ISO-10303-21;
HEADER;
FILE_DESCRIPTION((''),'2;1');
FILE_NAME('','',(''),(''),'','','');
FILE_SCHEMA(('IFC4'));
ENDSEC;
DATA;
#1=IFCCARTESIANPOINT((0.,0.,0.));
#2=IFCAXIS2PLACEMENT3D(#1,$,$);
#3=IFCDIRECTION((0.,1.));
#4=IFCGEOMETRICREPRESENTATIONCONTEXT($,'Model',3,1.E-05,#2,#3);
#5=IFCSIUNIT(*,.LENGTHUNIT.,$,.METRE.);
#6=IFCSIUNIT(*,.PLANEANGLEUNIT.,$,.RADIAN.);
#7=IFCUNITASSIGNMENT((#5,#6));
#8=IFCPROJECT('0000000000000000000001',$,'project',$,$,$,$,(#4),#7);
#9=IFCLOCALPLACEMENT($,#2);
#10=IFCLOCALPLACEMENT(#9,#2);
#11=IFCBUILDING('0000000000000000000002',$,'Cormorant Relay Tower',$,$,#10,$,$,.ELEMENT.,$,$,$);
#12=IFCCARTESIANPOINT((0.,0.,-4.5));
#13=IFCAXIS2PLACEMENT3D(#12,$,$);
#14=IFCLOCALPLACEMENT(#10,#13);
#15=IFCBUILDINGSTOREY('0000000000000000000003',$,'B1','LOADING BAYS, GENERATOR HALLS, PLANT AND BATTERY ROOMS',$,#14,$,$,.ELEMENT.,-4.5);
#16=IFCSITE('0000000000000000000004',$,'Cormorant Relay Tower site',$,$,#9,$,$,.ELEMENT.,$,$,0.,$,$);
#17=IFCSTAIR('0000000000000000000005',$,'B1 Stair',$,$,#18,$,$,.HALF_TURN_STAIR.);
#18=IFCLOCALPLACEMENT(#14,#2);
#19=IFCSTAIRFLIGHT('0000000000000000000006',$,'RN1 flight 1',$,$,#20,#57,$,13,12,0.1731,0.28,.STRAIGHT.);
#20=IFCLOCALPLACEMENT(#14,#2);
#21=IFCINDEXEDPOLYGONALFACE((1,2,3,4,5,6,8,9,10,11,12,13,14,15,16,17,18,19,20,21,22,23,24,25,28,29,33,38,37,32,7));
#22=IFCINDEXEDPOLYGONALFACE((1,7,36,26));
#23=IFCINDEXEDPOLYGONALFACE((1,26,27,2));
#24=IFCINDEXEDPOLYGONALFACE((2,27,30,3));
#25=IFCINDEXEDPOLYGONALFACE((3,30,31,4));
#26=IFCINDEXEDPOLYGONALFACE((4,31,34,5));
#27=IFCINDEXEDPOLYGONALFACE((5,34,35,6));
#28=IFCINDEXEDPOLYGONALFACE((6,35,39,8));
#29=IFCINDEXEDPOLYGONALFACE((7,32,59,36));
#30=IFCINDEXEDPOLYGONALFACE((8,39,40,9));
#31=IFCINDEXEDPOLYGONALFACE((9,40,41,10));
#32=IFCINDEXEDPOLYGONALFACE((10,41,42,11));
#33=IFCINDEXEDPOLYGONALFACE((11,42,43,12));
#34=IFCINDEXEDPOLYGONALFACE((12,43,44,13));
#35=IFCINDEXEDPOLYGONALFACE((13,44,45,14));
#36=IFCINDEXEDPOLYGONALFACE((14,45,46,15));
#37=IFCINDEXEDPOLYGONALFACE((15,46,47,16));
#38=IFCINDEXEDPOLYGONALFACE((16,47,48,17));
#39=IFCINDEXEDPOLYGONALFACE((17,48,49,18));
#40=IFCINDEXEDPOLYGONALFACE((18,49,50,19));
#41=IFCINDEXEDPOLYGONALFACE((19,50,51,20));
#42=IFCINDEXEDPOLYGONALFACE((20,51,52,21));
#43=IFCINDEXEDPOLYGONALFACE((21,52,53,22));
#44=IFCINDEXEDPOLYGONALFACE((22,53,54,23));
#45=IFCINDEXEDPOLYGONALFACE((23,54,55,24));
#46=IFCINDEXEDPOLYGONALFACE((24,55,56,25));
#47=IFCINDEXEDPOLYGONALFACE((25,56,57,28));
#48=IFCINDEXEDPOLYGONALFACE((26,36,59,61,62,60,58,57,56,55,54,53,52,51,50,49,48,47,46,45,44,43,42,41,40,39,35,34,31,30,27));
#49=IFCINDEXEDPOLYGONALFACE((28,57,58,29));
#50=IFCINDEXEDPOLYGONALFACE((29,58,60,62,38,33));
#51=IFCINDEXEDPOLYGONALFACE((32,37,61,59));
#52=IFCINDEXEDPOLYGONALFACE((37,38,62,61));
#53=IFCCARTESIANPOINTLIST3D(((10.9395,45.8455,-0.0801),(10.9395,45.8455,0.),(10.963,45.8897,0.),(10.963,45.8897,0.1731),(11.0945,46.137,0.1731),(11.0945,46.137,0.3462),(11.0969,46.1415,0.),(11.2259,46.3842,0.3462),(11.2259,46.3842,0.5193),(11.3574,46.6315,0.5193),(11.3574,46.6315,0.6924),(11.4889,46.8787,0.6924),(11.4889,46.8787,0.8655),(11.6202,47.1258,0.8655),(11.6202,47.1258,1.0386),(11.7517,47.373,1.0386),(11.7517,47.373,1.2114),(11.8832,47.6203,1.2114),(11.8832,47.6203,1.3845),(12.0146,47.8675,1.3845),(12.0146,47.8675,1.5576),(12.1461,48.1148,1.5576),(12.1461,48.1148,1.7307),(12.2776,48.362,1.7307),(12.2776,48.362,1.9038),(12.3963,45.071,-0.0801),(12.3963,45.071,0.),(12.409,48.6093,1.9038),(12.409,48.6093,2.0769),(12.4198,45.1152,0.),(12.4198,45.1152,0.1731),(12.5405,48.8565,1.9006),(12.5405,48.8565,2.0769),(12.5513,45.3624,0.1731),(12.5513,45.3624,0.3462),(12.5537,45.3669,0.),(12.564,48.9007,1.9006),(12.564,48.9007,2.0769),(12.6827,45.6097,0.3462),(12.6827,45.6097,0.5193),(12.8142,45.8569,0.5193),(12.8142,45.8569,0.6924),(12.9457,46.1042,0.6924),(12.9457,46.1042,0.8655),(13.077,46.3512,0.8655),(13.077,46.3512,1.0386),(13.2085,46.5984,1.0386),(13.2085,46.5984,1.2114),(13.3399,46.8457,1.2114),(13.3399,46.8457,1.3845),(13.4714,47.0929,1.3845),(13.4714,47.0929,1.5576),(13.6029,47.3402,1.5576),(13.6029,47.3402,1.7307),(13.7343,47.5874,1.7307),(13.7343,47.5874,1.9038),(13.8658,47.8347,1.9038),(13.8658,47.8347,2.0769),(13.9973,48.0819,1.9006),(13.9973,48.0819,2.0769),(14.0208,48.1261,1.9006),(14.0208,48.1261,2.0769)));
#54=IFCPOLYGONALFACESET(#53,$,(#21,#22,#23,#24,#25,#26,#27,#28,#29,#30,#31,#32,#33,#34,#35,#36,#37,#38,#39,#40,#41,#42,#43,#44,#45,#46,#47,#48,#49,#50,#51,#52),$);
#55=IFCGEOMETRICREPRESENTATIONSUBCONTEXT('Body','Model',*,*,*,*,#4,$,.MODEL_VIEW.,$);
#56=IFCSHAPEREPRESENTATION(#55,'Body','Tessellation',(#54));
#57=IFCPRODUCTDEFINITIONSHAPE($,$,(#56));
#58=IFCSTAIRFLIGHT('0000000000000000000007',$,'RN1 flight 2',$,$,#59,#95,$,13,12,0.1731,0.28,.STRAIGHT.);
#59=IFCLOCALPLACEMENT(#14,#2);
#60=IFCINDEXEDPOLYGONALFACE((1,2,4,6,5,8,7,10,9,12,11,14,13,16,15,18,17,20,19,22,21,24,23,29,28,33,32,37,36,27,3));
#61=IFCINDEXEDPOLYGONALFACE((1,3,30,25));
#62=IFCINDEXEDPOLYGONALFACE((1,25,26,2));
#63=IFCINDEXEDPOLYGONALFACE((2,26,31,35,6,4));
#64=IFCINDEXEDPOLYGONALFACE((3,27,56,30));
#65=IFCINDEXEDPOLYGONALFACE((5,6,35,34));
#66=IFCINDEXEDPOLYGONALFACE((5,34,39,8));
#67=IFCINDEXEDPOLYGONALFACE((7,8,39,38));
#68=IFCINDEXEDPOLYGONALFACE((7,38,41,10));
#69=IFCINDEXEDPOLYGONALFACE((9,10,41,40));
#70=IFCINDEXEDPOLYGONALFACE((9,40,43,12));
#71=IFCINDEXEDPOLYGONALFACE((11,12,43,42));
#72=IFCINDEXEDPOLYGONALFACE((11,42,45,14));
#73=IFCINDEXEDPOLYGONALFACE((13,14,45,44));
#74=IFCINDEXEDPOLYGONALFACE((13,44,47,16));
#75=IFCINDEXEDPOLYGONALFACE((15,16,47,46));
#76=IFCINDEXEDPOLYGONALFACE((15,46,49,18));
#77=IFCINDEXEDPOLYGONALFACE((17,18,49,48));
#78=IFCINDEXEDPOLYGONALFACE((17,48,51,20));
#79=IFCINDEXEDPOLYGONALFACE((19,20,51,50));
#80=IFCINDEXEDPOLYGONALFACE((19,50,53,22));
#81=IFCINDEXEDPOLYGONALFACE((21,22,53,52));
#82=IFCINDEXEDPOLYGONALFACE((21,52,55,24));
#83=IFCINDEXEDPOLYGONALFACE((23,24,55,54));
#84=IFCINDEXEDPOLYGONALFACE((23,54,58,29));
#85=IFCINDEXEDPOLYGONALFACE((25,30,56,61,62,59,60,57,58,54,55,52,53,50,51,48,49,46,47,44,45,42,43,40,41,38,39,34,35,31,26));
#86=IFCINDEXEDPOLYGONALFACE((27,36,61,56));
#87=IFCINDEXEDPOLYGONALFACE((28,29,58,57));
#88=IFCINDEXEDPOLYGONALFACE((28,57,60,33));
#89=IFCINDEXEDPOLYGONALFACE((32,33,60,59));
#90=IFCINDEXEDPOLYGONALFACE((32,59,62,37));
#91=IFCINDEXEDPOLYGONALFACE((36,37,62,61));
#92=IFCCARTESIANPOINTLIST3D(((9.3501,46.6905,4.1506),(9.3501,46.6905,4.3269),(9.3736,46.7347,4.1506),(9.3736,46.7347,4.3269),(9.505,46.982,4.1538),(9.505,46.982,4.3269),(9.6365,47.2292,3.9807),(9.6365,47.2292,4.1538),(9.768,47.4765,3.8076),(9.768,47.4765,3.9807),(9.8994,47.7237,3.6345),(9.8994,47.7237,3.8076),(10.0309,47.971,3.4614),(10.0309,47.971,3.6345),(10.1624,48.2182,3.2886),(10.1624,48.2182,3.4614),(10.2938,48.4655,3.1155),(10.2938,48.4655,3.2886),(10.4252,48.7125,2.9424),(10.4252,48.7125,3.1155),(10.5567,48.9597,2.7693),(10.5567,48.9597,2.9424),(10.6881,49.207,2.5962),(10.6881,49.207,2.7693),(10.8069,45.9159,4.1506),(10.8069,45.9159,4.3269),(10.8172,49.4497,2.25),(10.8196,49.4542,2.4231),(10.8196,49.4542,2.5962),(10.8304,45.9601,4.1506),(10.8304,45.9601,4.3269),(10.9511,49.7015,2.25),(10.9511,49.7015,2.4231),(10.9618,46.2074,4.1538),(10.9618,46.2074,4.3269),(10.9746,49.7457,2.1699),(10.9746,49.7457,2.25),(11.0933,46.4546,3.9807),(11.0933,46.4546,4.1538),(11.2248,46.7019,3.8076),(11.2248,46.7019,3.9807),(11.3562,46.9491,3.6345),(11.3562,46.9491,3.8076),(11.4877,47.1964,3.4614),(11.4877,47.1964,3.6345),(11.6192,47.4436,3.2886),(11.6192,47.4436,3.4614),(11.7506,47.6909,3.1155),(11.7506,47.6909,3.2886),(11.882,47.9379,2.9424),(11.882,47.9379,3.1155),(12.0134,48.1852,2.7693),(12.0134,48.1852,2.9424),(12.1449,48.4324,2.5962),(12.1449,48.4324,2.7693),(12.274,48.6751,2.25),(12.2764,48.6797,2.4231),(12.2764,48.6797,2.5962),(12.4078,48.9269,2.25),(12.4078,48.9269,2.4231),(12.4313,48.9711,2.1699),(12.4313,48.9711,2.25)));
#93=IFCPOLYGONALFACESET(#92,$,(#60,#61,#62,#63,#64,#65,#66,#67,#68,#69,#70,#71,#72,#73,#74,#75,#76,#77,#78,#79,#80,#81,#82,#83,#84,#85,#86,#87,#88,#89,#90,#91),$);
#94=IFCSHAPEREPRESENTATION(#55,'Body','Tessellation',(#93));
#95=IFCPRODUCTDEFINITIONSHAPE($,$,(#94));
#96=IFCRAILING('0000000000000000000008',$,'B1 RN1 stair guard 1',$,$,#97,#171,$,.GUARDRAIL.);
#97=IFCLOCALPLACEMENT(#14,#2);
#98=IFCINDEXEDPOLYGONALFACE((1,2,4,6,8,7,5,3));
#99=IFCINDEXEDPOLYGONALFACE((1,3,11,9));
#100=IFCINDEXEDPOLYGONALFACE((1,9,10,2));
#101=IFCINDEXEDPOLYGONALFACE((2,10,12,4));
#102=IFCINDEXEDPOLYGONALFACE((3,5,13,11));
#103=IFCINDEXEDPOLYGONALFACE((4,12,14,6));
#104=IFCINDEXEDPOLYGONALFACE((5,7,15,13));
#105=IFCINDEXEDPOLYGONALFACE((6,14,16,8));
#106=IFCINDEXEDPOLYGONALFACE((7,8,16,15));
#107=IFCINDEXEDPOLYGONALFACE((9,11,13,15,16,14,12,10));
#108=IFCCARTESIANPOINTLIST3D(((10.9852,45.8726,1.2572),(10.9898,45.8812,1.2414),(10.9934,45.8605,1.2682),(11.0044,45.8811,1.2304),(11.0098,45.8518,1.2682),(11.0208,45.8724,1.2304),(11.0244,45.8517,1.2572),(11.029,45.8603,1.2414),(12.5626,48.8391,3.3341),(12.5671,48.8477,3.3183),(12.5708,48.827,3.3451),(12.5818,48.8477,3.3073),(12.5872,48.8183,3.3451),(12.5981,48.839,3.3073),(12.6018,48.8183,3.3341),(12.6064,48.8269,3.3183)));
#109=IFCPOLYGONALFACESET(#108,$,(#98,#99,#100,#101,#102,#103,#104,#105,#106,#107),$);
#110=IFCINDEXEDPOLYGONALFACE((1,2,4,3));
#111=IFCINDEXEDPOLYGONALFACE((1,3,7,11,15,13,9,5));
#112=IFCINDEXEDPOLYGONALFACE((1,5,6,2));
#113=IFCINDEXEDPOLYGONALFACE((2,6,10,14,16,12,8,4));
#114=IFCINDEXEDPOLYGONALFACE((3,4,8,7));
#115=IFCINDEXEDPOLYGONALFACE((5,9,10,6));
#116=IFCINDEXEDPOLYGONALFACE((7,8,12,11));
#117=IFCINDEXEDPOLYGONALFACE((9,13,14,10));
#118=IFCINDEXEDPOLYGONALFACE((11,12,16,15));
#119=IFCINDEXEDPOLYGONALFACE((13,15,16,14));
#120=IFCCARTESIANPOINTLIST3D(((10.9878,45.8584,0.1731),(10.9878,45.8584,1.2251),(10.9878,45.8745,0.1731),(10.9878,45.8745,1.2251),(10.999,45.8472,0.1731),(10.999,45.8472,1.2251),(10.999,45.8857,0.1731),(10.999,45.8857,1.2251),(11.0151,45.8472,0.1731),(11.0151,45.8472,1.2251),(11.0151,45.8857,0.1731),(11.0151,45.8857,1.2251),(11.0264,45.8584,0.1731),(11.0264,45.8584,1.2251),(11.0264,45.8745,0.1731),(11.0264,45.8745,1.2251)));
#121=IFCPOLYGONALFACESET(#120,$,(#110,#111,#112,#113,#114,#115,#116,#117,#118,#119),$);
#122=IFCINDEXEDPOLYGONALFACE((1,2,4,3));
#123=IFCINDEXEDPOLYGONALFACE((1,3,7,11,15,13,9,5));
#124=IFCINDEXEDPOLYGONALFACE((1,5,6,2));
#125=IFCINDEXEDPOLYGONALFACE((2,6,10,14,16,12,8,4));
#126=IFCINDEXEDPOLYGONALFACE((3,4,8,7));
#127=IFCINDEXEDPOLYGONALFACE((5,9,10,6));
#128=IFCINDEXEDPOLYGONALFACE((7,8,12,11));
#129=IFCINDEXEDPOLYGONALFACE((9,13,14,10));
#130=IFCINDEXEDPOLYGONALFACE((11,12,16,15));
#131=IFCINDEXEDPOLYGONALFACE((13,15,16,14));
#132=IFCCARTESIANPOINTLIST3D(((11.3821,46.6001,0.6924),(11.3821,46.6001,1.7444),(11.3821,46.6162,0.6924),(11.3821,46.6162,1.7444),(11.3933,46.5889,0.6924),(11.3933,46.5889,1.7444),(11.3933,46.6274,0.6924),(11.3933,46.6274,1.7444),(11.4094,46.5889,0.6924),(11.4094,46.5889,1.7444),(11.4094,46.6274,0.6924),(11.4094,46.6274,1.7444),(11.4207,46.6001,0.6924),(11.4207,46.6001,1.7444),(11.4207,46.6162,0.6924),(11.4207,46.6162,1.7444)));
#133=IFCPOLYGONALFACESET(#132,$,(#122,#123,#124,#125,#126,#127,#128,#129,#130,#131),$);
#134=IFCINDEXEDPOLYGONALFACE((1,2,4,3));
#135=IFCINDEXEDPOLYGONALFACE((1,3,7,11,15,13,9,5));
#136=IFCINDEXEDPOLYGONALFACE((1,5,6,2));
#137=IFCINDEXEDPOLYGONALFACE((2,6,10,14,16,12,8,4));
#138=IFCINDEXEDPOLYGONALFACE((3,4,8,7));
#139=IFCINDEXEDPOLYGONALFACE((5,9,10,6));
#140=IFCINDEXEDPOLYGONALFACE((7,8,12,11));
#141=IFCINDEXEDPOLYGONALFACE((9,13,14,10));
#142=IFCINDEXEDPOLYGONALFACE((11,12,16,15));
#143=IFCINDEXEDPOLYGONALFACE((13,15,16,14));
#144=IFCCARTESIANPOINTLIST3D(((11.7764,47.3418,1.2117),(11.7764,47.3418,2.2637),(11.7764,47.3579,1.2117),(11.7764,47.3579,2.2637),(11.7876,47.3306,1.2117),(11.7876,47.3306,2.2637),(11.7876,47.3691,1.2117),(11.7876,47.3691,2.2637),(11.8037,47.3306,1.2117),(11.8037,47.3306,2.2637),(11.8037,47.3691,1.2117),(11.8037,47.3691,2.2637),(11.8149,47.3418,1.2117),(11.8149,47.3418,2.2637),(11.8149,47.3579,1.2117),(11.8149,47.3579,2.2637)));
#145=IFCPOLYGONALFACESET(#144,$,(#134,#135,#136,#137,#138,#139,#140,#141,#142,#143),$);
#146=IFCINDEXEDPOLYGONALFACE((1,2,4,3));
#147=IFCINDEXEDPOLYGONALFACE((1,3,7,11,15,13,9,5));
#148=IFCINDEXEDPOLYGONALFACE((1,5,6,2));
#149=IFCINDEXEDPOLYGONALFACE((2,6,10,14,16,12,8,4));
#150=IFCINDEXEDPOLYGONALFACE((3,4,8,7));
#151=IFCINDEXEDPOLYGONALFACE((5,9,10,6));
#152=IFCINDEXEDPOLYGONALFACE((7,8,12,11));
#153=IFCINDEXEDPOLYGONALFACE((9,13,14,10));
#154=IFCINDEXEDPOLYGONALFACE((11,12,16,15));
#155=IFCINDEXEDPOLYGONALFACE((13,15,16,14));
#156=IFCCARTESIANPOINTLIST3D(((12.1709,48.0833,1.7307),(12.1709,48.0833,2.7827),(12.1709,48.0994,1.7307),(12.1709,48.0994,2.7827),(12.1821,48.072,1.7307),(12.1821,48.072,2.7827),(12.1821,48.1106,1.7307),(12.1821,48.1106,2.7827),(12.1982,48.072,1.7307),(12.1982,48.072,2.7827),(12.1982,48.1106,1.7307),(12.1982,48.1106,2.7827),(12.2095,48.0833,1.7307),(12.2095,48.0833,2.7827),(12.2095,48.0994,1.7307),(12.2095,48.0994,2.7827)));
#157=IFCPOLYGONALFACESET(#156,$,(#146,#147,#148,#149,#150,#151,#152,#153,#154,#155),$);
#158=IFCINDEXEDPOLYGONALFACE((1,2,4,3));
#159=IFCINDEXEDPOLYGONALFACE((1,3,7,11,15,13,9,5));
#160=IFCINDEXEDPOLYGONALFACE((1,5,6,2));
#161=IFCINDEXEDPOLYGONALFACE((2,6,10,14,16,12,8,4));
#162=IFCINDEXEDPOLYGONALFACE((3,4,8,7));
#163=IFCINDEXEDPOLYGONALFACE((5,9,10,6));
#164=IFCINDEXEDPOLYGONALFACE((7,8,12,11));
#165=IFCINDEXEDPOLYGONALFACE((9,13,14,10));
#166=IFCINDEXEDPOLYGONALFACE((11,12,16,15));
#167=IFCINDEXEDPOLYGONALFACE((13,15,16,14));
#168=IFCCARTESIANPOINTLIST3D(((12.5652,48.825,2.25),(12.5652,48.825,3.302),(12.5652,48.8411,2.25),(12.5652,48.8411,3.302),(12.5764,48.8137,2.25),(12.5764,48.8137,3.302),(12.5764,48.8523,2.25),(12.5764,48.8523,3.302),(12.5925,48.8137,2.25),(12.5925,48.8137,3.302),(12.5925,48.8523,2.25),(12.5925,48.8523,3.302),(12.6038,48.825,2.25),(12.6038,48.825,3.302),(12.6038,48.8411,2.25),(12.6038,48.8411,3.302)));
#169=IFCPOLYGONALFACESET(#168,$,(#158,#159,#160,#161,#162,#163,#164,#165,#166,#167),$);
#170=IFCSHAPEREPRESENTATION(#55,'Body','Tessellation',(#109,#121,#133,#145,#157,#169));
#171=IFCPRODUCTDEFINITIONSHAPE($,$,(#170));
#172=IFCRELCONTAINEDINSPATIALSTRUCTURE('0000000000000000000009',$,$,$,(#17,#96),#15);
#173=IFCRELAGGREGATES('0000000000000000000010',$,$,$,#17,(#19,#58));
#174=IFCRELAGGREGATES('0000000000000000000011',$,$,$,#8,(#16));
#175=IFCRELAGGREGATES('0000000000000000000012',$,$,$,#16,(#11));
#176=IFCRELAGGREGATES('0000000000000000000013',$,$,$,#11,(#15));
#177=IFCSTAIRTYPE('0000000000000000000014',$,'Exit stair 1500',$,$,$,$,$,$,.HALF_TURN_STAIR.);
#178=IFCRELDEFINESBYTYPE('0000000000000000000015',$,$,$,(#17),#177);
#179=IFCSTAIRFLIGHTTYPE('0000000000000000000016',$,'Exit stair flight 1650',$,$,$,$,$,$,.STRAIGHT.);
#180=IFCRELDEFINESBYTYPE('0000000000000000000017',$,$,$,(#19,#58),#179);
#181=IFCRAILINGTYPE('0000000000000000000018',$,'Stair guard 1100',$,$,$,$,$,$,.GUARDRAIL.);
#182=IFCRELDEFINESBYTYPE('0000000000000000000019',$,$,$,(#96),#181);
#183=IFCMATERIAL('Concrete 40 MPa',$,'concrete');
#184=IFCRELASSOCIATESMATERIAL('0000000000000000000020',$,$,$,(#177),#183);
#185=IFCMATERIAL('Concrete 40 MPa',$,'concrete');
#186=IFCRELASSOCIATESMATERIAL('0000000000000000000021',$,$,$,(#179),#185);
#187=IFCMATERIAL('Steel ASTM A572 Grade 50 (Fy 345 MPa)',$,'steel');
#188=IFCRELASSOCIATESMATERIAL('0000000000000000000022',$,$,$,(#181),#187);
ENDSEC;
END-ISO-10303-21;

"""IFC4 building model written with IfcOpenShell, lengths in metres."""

from ifc_helpers import new_model, si_unit, direction, frame, origin, place, context, subcontext, project, spatial, polyline, outline, extrude, material, type_object, element, aggregate, save


model = new_model("IFC4")

# Units and contexts
model_context = context("Model", 3, precision=1e-05, world=origin(), true_north=direction((0.0, 1.0)))
body_context = subcontext(model_context, "Body", "Model", "MODEL_VIEW")
ifc_project = project(units=[si_unit("LENGTHUNIT", "METRE"), si_unit("PLANEANGLEUNIT", "RADIAN")], contexts=[model_context])

# Site, building, storey
site_placement = place(None, origin())
site = spatial("IfcSite", under=ifc_project, at=site_placement, Name="Cormorant Relay Tower site", CompositionType="ELEMENT", RefElevation=0.0)
building_placement = place(site_placement, origin())
building = spatial("IfcBuilding", under=site, at=building_placement, Name="Cormorant Relay Tower", CompositionType="ELEMENT")
storey_placement = place(building_placement, frame((0.0, 0.0, -4.5)))
storey = spatial("IfcBuildingStorey", under=building, at=storey_placement, Name="B1", Description="LOADING BAYS, GENERATOR HALLS, PLANT AND BATTERY ROOMS", CompositionType="ELEMENT", Elevation=-4.5)

# Stair, stair flights
ifc_material_1 = material(Name="Concrete 40 MPa", Category="concrete")
stair_type = type_object("IfcStairType", Name="Exit stair 1500", PredefinedType="HALF_TURN_STAIR", material=ifc_material_1)
stair_placement = place(storey_placement, origin())
stair = element("IfcStair", 1, at=stair_placement, inside=storey, type_object=stair_type, Name="B1 Stair", PredefinedType="HALF_TURN_STAIR")
ifc_material_2 = material(Name="Concrete 40 MPa", Category="concrete")
stair_flight_type = type_object("IfcStairFlightType", Name="Exit stair flight 1650", PredefinedType="STRAIGHT", material=ifc_material_2)
stair_flight_1_placement = place(storey_placement, frame((11.6914, 45.5024, 0.0), z_axis=(0.0, 0.0, 1.0), x_axis=(0.469472, 0.882948, 0.0)))
stair_flight_1 = element("IfcStairFlight", 2, at=stair_flight_1_placement, type_object=stair_flight_type, Name="RN1 flight 1", NumberOfRisers=13, NumberOfTreads=12, PredefinedType="STRAIGHT", RiserHeight=0.1731, TreadLength=0.28, context=body_context, shape_type="SweptSolid", body=[
    extrude(outline(polyline([(-0.05, -0.0801), (-0.05, 0.0), (0.0, 0.0), (0.0, 0.1731), (0.28, 0.1731), (0.28, 0.3462), (0.5601, 0.3462), (0.5601, 0.5193), (0.8401, 0.5193), (0.8401, 0.6924), (1.1201, 0.6924), (1.1201, 0.8655), (1.3999, 0.8655), (1.3999, 1.0386), (1.6799, 1.0386), (1.6799, 1.2114), (1.96, 1.2114), (1.96, 1.3845), (2.24, 1.3845), (2.24, 1.5576), (2.52, 1.5576), (2.52, 1.7307), (2.8, 1.7307), (2.8, 1.9038), (3.0801, 1.9038), (3.0801, 2.0769), (3.3601, 2.0769), (3.4102, 2.0769), (3.4102, 1.9006), (3.3601, 1.9006), (0.2852, 0.0), (-0.05, -0.0801)])), frame((0.0, 0.825, 0.0), z_axis=(0.0, -1.0, 0.0), x_axis=(1.0, 0.0, 0.0)), (0.0, 0.0, 1.0), 1.6499),
])
stair_flight_2_placement = place(storey_placement, frame((11.6794, 49.3142, 2.25), z_axis=(0.0, 0.0, 1.0), x_axis=(-0.469472, -0.882948, 0.0)))
stair_flight_2 = element("IfcStairFlight", 3, at=stair_flight_2_placement, type_object=stair_flight_type, Name="RN1 flight 2", NumberOfRisers=13, NumberOfTreads=12, PredefinedType="STRAIGHT", RiserHeight=0.1731, TreadLength=0.28, context=body_context, shape_type="SweptSolid", body=[
    extrude(outline(polyline([(-0.05, -0.0801), (-0.05, 0.0), (0.0, 0.0), (0.0, 0.1731), (0.28, 0.1731), (0.28, 0.3462), (0.5601, 0.3462), (0.5601, 0.5193), (0.8401, 0.5193), (0.8401, 0.6924), (1.1201, 0.6924), (1.1201, 0.8655), (1.3999, 0.8655), (1.3999, 1.0386), (1.6799, 1.0386), (1.6799, 1.2114), (1.96, 1.2114), (1.96, 1.3845), (2.24, 1.3845), (2.24, 1.5576), (2.52, 1.5576), (2.52, 1.7307), (2.8, 1.7307), (2.8, 1.9038), (3.0801, 1.9038), (3.0801, 2.0769), (3.3601, 2.0769), (3.4102, 2.0769), (3.4102, 1.9006), (3.3601, 1.9006), (0.2852, 0.0), (-0.05, -0.0801)])), frame((0.0, 0.825, 0.0), z_axis=(0.0, -1.0, 0.0), x_axis=(1.0, 0.0, 0.0)), (0.0, 0.0, 1.0), 1.6499),
])
aggregate(stair, [stair_flight_1, stair_flight_2])

# Railing
ifc_material_3 = material(Name="Steel ASTM A572 Grade 50 (Fy 345 MPa)", Category="steel")
railing_type_1 = type_object("IfcRailingType", Name="Stair guard 1100", PredefinedType="GUARDRAIL", material=ifc_material_3)
railing_1_placement = place(storey_placement, frame((11.0071, 45.8665, 0.1731)))
element("IfcRailing", 4, at=railing_1_placement, inside=storey, type_object=railing_type_1, Name="B1 RN1 stair guard 1", PredefinedType="GUARDRAIL", context=body_context, shape_type="SweptSolid", body=[
    extrude(outline(polyline([(0.0222, 0.0093), (0.0093, 0.0222), (-0.0093, 0.0222), (-0.0222, 0.0093), (-0.0222, -0.0093), (-0.0093, -0.0222), (0.0093, -0.0222), (0.0222, -0.0093), (0.0222, 0.0093)])), frame((0.0, 0.0, 1.0762), z_axis=(0.399345, 0.751035, 0.525805), x_axis=(-0.882942, 0.469483, 0.0)), (0.0, 0.0, 1.0), 3.95),
    extrude(outline(polyline([(0.0193, 0.0081), (0.0081, 0.0193), (-0.0081, 0.0193), (-0.0193, 0.0081), (-0.0193, -0.0081), (-0.0081, -0.0193), (0.0081, -0.0193), (0.0193, -0.0081), (0.0193, 0.0081)])), origin(), (0.0, 0.0, 1.0), 1.052),
    extrude(outline(polyline([(0.0193, 0.0081), (0.0081, 0.0193), (-0.0081, 0.0193), (-0.0193, 0.0081), (-0.0193, -0.0081), (-0.0081, -0.0193), (0.0081, -0.0193), (0.0193, -0.0081), (0.0193, 0.0081)])), frame((0.3943, 0.7417, 0.5193)), (0.0, 0.0, 1.0), 1.052),
    extrude(outline(polyline([(0.0193, 0.0081), (0.0081, 0.0193), (-0.0081, 0.0193), (-0.0193, 0.0081), (-0.0193, -0.0081), (-0.0081, -0.0193), (0.0081, -0.0193), (0.0193, -0.0081), (0.0193, 0.0081)])), frame((0.7886, 1.4834, 1.0386)), (0.0, 0.0, 1.0), 1.052),
    extrude(outline(polyline([(0.0193, 0.0081), (0.0081, 0.0193), (-0.0081, 0.0193), (-0.0193, 0.0081), (-0.0193, -0.0081), (-0.0081, -0.0193), (0.0081, -0.0193), (0.0193, -0.0081), (0.0193, 0.0081)])), frame((1.1831, 2.2249, 1.5576)), (0.0, 0.0, 1.0), 1.052),
    extrude(outline(polyline([(0.0193, 0.0081), (0.0081, 0.0193), (-0.0081, 0.0193), (-0.0193, 0.0081), (-0.0193, -0.0081), (-0.0081, -0.0193), (0.0081, -0.0193), (0.0193, -0.0081), (0.0193, 0.0081)])), frame((1.5774, 2.9666, 2.0769)), (0.0, 0.0, 1.0), 1.052),
])

save(model, "model.ifc")
